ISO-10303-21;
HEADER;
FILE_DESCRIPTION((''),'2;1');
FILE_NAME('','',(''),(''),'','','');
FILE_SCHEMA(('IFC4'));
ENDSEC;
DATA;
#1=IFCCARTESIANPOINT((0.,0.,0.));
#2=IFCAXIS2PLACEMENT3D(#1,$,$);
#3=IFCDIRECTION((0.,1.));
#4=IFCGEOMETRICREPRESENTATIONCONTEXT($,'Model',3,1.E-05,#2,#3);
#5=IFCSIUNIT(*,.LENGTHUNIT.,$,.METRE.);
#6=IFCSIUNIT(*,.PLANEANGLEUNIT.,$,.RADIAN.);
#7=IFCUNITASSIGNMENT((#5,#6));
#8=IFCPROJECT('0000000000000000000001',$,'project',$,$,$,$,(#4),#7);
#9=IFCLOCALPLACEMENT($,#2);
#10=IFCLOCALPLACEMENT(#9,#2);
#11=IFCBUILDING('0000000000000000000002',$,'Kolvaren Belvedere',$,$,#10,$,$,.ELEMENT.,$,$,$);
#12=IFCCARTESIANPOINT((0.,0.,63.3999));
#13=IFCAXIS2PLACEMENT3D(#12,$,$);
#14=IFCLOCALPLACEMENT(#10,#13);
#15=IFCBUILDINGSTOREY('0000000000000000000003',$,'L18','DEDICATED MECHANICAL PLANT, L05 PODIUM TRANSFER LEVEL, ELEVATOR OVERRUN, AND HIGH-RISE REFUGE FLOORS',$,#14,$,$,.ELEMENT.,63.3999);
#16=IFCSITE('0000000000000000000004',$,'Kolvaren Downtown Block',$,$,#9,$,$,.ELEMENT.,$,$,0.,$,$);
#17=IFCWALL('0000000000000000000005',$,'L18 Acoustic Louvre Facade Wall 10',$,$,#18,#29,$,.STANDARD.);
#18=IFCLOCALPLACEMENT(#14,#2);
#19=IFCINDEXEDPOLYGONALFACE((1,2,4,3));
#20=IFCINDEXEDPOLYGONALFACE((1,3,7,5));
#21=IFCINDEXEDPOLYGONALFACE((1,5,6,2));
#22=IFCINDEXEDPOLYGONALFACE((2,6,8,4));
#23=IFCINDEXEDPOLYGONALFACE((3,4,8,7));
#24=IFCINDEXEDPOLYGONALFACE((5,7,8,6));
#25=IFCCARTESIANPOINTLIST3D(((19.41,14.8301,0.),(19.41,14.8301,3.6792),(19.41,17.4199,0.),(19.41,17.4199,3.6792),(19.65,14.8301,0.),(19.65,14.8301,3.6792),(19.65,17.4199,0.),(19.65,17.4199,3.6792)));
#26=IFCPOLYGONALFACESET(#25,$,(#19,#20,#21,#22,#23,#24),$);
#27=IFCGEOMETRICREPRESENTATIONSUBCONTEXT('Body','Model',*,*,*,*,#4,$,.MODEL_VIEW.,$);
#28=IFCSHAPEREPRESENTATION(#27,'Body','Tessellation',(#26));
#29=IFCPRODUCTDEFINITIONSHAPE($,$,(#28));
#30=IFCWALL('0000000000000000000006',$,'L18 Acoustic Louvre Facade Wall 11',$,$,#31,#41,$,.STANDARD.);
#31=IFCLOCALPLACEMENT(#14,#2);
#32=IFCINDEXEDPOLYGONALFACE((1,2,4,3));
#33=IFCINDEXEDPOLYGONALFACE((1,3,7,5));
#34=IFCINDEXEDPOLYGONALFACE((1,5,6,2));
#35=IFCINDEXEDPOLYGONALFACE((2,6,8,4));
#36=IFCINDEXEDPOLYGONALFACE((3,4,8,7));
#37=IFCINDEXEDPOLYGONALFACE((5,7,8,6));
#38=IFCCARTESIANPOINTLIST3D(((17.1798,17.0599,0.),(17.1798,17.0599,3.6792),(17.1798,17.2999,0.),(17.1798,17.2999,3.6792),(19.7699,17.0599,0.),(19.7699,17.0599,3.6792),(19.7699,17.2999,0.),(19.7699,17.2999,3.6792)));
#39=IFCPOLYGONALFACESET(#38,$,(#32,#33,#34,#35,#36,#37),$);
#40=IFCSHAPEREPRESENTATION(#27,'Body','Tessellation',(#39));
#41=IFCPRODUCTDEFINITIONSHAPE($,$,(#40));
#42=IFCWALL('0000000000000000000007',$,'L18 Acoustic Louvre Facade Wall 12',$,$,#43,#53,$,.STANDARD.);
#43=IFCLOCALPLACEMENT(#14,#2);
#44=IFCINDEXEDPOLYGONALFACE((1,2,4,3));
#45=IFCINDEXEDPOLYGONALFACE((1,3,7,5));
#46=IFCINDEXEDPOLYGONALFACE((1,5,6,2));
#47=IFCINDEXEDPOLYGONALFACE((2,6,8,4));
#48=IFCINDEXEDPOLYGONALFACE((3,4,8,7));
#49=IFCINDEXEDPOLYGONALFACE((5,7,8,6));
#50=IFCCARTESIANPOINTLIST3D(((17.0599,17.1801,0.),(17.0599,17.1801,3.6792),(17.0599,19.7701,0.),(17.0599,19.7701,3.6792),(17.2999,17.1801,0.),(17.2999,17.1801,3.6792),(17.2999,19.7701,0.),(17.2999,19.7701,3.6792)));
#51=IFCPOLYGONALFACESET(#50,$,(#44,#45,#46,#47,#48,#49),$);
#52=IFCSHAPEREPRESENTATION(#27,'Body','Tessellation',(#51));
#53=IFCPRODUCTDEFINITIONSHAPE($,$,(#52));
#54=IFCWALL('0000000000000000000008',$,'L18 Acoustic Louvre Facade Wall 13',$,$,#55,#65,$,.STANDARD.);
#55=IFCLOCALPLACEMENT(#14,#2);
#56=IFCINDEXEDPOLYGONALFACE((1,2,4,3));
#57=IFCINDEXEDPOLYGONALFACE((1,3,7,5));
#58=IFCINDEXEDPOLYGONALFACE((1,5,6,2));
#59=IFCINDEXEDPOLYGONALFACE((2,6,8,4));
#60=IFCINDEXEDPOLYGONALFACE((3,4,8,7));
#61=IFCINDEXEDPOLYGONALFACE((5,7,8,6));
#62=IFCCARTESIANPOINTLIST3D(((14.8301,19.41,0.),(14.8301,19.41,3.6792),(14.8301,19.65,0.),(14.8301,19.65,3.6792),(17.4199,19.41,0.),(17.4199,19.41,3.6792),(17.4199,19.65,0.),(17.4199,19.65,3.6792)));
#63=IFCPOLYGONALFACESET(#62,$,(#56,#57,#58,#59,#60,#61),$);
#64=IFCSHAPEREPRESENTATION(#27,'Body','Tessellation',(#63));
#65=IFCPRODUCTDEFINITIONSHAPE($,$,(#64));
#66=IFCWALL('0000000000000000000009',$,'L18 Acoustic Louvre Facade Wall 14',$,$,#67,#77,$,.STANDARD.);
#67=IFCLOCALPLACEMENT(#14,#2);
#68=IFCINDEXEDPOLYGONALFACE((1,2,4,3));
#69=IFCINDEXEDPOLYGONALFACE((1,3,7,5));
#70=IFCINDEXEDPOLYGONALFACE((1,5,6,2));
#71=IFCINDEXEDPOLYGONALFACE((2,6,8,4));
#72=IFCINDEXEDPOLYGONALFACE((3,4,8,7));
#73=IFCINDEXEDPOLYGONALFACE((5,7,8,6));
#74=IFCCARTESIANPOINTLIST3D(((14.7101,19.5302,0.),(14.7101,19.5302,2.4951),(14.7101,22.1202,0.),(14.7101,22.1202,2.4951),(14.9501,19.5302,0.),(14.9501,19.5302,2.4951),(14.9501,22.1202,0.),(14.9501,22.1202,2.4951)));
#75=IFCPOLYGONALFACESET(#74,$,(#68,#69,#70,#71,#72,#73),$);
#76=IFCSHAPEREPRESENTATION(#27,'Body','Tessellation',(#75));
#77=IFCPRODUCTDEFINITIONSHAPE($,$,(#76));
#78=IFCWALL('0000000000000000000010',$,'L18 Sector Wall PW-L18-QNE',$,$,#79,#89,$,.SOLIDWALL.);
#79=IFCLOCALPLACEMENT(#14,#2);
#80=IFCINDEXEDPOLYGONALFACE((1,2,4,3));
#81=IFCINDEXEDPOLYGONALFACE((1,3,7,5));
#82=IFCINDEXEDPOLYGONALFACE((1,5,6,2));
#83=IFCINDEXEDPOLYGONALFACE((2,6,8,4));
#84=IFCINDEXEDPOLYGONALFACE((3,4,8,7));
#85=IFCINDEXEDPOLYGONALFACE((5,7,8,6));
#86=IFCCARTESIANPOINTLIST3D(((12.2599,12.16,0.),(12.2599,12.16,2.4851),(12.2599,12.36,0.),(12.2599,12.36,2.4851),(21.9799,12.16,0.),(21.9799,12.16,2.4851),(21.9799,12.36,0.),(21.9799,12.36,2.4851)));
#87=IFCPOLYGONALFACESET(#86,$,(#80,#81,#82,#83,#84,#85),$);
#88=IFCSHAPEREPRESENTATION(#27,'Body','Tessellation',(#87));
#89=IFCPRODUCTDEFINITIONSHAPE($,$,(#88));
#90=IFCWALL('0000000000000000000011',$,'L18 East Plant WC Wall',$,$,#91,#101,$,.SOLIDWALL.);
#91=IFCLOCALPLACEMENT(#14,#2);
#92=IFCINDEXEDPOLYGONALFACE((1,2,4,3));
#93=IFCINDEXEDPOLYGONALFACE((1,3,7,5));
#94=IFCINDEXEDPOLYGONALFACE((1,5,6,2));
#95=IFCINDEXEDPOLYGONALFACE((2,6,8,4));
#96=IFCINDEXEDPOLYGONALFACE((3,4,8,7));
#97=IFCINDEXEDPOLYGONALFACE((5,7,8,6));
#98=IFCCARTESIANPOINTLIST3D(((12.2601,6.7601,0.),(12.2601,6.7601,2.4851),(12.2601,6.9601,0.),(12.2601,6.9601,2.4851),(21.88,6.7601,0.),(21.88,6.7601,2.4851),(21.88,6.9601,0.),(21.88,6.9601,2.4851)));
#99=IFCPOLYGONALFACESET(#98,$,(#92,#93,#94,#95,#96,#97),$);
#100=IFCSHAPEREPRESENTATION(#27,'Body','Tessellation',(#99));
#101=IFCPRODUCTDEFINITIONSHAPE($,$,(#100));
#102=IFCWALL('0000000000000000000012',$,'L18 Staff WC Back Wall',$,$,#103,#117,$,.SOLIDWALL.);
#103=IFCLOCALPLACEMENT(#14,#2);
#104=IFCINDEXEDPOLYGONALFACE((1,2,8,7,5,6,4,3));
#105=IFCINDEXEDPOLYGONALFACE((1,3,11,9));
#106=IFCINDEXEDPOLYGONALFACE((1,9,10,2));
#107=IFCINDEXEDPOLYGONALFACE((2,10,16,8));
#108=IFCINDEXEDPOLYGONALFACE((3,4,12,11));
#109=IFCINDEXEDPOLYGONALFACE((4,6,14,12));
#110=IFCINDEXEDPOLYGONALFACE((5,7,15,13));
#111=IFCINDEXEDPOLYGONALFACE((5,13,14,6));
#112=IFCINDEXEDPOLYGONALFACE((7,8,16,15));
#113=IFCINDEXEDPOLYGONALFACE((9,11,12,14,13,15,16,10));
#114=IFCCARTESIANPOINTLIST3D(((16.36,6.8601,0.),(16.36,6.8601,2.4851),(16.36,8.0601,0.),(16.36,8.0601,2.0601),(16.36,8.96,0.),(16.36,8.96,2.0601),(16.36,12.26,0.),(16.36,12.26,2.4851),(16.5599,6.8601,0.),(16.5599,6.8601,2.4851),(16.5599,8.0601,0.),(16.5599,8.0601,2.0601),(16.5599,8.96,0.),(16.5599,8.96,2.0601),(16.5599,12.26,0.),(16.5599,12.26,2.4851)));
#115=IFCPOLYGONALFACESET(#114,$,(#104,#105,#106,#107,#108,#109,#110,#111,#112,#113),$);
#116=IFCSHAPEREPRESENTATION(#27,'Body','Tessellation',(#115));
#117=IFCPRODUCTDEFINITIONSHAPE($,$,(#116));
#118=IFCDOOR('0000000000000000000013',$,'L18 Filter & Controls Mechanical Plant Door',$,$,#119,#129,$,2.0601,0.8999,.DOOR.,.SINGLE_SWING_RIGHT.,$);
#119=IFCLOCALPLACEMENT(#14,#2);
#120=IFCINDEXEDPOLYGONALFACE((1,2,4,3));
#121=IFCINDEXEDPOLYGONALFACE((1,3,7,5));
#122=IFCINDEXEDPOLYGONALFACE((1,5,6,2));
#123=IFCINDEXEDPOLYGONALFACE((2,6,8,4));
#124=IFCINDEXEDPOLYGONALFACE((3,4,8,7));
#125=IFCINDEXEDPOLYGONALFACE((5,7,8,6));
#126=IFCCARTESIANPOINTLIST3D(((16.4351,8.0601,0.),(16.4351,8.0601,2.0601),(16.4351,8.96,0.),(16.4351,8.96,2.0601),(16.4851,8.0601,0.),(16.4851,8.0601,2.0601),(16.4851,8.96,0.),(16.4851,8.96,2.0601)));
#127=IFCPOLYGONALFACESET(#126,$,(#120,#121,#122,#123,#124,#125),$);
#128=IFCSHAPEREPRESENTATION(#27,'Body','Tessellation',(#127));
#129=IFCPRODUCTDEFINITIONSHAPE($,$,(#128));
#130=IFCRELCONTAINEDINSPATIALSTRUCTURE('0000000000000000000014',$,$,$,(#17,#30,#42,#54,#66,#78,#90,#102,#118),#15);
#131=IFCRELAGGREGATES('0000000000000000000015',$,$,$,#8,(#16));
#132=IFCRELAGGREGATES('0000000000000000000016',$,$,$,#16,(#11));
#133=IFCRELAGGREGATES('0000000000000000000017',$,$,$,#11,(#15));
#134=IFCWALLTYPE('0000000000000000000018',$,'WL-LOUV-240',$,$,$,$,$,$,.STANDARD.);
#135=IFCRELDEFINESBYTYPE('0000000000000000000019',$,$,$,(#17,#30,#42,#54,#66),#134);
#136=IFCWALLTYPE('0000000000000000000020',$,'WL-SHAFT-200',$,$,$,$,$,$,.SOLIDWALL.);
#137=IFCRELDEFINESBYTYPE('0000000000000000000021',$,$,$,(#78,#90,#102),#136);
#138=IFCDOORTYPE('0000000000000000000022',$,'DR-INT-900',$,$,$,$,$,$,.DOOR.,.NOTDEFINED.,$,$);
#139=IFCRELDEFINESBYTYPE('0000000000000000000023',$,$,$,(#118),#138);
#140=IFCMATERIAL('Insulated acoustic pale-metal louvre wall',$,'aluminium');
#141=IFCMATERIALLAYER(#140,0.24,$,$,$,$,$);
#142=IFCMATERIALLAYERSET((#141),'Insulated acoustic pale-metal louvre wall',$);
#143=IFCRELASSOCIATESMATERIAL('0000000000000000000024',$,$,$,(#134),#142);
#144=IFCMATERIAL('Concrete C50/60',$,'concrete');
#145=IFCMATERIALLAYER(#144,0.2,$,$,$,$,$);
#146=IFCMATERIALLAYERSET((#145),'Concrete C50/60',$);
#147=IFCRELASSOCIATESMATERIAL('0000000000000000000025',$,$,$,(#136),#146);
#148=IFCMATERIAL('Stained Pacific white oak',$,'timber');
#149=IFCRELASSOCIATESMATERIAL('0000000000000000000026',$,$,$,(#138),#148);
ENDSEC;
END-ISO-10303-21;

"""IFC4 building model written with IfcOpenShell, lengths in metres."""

from ifc_helpers import new_model, si_unit, direction, frame, frame_2d, origin, place, context, subcontext, project, spatial, rectangle, extrude, material, layer, layer_set, type_object, element, fill, save


model = new_model("IFC4")

# Units and contexts
model_context = context("Model", 3, precision=1e-05, world=origin(), true_north=direction((0.0, 1.0)))
body_context = subcontext(model_context, "Body", "Model", "MODEL_VIEW")
ifc_project = project(units=[si_unit("LENGTHUNIT", "METRE"), si_unit("PLANEANGLEUNIT", "RADIAN")], contexts=[model_context])

# Site, building, storey
site_placement = place(None, origin())
site = spatial("IfcSite", under=ifc_project, at=site_placement, Name="Kolvaren Downtown Block", CompositionType="ELEMENT", RefElevation=0.0)
building_placement = place(site_placement, origin())
building = spatial("IfcBuilding", under=site, at=building_placement, Name="Kolvaren Belvedere", CompositionType="ELEMENT")
storey_placement = place(building_placement, frame((0.0, 0.0, 63.3999)))
storey = spatial("IfcBuildingStorey", under=building, at=storey_placement, Name="L18", Description="DEDICATED MECHANICAL PLANT, L05 PODIUM TRANSFER LEVEL, ELEVATOR OVERRUN, AND HIGH-RISE REFUGE FLOORS", CompositionType="ELEMENT", Elevation=63.3999)

# Walls
ifc_material_1 = material(Name="Insulated acoustic pale-metal louvre wall", Category="aluminium")
ifc_layer_1 = layer(ifc_material_1, 0.24)
ifc_layer_set_1 = layer_set([ifc_layer_1], Name="Insulated acoustic pale-metal louvre wall")
wall_type_1 = type_object("IfcWallType", Name="WL-LOUV-240", PredefinedType="STANDARD", material=ifc_layer_set_1)
wall_1_placement = place(storey_placement, frame((19.53, 17.4199, 0.0), z_axis=(0.0, 0.0, 1.0), x_axis=(0.0, -1.0, 0.0)))
element("IfcWall", 1, at=wall_1_placement, inside=storey, type_object=wall_type_1, Name="L18 Acoustic Louvre Facade Wall 10", PredefinedType="STANDARD", context=body_context, shape_type="SweptSolid", body=[
    extrude(rectangle(XDim=2.5898, YDim=0.24, at=frame_2d((1.2949, 0.0))), origin(), (0.0, 0.0, 1.0), 3.6792),
])
for number, where, z_axis, x_axis, name in (
    (2, (17.1799, 17.1799, 0.0), (0.0, 0.0, 1.0), (1.0, 0.0, 0.0), "L18 Acoustic Louvre Facade Wall 11"),
    (3, (17.1799, 19.77, 0.0), (0.0, 0.0, 1.0), (0.0, -1.0, 0.0), "L18 Acoustic Louvre Facade Wall 12"),
):
    element("IfcWall", number, at=place(storey_placement, frame(where, z_axis=z_axis, x_axis=x_axis)), inside=storey, type_object=wall_type_1, Name=name, PredefinedType="STANDARD", context=body_context, shape_type="SweptSolid", body=[
        extrude(rectangle(XDim=2.5901, YDim=0.24, at=frame_2d((1.2949, 0.0))), origin(), (0.0, 0.0, 1.0), 3.6792),
    ])
wall_2_placement = place(storey_placement, frame((14.8301, 19.53, 0.0), z_axis=(0.0, 0.0, 1.0), x_axis=(1.0, 0.0, 0.0)))
element("IfcWall", 4, at=wall_2_placement, inside=storey, type_object=wall_type_1, Name="L18 Acoustic Louvre Facade Wall 13", PredefinedType="STANDARD", context=body_context, shape_type="SweptSolid", body=[
    extrude(rectangle(XDim=2.5898, YDim=0.24, at=frame_2d((1.2949, 0.0))), origin(), (0.0, 0.0, 1.0), 3.6792),
])
wall_3_placement = place(storey_placement, frame((14.8301, 22.1201, 0.0), z_axis=(0.0, 0.0, 1.0), x_axis=(0.0, -1.0, 0.0)))
element("IfcWall", 5, at=wall_3_placement, inside=storey, type_object=wall_type_1, Name="L18 Acoustic Louvre Facade Wall 14", PredefinedType="STANDARD", context=body_context, shape_type="SweptSolid", body=[
    extrude(rectangle(XDim=2.5901, YDim=0.24, at=frame_2d((1.2949, 0.0))), origin(), (0.0, 0.0, 1.0), 2.4951),
])
ifc_material_2 = material(Name="Concrete C50/60", Category="concrete")
ifc_layer_2 = layer(ifc_material_2, 0.2)
ifc_layer_set_2 = layer_set([ifc_layer_2], Name="Concrete C50/60")
wall_type_2 = type_object("IfcWallType", Name="WL-SHAFT-200", PredefinedType="SOLIDWALL", material=ifc_layer_set_2)
wall_4_placement = place(storey_placement, frame((12.26, 12.26, 0.0), z_axis=(0.0, 0.0, 1.0), x_axis=(1.0, 0.0, 0.0)))
element("IfcWall", 6, at=wall_4_placement, inside=storey, type_object=wall_type_2, Name="L18 Sector Wall PW-L18-QNE", PredefinedType="SOLIDWALL", context=body_context, shape_type="SweptSolid", body=[
    extrude(rectangle(XDim=9.72, YDim=0.2, at=frame_2d((4.8599, 0.0))), origin(), (0.0, 0.0, 1.0), 2.4851),
])
wall_5_placement = place(storey_placement, frame((12.26, 6.8601, 0.0), z_axis=(0.0, 0.0, 1.0), x_axis=(1.0, 0.0, 0.0)))
element("IfcWall", 7, at=wall_5_placement, inside=storey, type_object=wall_type_2, Name="L18 East Plant WC Wall", PredefinedType="SOLIDWALL", context=body_context, shape_type="SweptSolid", body=[
    extrude(rectangle(XDim=9.6199, YDim=0.2, at=frame_2d((4.8101, 0.0))), origin(), (0.0, 0.0, 1.0), 2.4851),
])

# Wall, opening, door
wall_6_placement = place(storey_placement, frame((16.46, 6.8601, 0.0), z_axis=(0.0, 0.0, 1.0), x_axis=(0.0, 1.0, 0.0)))
wall_6 = element("IfcWall", 8, at=wall_6_placement, inside=storey, type_object=wall_type_2, Name="L18 Staff WC Back Wall", PredefinedType="SOLIDWALL", context=body_context, shape_type="SweptSolid", body=[
    extrude(rectangle(XDim=5.3999, YDim=0.2, at=frame_2d((2.7, 0.0))), origin(), (0.0, 0.0, 1.0), 2.4851),
])
opening_placement = place(wall_6_placement, frame((1.2, 0.0, 0.0)))
opening = element("IfcOpeningElement", 9, at=opening_placement, cuts=wall_6, PredefinedType="OPENING", context=body_context, shape_type="SweptSolid", body=[
    extrude(rectangle(XDim=0.8999, YDim=2.0601, at=frame_2d((0.45, 1.03))), frame((0.0, 0.1099, 0.0), z_axis=(0.0, -1.0, 0.0), x_axis=(1.0, 0.0, 0.0)), (0.0, 0.0, 1.0), 0.22),
])
ifc_material_3 = material(Name="Stained Pacific white oak", Category="timber")
door_type = type_object("IfcDoorType", Name="DR-INT-900", OperationType="NOTDEFINED", PredefinedType="DOOR", material=ifc_material_3)
door_placement = place(opening_placement, origin())
door = element("IfcDoor", 10, at=door_placement, inside=storey, type_object=door_type, Name="L18 Filter & Controls Mechanical Plant Door", OperationType="SINGLE_SWING_RIGHT", OverallHeight=2.0601, OverallWidth=0.8999, PredefinedType="DOOR", context=body_context, shape_type="SweptSolid", body=[
    extrude(rectangle(XDim=0.8999, YDim=2.0601, at=frame_2d((0.45, 1.03))), frame((0.0, 0.0249, 0.0), z_axis=(0.0, -1.0, 0.0), x_axis=(1.0, 0.0, 0.0)), (0.0, 0.0, 1.0), 0.05),
])
fill(opening, door)

save(model, "model.ifc")
